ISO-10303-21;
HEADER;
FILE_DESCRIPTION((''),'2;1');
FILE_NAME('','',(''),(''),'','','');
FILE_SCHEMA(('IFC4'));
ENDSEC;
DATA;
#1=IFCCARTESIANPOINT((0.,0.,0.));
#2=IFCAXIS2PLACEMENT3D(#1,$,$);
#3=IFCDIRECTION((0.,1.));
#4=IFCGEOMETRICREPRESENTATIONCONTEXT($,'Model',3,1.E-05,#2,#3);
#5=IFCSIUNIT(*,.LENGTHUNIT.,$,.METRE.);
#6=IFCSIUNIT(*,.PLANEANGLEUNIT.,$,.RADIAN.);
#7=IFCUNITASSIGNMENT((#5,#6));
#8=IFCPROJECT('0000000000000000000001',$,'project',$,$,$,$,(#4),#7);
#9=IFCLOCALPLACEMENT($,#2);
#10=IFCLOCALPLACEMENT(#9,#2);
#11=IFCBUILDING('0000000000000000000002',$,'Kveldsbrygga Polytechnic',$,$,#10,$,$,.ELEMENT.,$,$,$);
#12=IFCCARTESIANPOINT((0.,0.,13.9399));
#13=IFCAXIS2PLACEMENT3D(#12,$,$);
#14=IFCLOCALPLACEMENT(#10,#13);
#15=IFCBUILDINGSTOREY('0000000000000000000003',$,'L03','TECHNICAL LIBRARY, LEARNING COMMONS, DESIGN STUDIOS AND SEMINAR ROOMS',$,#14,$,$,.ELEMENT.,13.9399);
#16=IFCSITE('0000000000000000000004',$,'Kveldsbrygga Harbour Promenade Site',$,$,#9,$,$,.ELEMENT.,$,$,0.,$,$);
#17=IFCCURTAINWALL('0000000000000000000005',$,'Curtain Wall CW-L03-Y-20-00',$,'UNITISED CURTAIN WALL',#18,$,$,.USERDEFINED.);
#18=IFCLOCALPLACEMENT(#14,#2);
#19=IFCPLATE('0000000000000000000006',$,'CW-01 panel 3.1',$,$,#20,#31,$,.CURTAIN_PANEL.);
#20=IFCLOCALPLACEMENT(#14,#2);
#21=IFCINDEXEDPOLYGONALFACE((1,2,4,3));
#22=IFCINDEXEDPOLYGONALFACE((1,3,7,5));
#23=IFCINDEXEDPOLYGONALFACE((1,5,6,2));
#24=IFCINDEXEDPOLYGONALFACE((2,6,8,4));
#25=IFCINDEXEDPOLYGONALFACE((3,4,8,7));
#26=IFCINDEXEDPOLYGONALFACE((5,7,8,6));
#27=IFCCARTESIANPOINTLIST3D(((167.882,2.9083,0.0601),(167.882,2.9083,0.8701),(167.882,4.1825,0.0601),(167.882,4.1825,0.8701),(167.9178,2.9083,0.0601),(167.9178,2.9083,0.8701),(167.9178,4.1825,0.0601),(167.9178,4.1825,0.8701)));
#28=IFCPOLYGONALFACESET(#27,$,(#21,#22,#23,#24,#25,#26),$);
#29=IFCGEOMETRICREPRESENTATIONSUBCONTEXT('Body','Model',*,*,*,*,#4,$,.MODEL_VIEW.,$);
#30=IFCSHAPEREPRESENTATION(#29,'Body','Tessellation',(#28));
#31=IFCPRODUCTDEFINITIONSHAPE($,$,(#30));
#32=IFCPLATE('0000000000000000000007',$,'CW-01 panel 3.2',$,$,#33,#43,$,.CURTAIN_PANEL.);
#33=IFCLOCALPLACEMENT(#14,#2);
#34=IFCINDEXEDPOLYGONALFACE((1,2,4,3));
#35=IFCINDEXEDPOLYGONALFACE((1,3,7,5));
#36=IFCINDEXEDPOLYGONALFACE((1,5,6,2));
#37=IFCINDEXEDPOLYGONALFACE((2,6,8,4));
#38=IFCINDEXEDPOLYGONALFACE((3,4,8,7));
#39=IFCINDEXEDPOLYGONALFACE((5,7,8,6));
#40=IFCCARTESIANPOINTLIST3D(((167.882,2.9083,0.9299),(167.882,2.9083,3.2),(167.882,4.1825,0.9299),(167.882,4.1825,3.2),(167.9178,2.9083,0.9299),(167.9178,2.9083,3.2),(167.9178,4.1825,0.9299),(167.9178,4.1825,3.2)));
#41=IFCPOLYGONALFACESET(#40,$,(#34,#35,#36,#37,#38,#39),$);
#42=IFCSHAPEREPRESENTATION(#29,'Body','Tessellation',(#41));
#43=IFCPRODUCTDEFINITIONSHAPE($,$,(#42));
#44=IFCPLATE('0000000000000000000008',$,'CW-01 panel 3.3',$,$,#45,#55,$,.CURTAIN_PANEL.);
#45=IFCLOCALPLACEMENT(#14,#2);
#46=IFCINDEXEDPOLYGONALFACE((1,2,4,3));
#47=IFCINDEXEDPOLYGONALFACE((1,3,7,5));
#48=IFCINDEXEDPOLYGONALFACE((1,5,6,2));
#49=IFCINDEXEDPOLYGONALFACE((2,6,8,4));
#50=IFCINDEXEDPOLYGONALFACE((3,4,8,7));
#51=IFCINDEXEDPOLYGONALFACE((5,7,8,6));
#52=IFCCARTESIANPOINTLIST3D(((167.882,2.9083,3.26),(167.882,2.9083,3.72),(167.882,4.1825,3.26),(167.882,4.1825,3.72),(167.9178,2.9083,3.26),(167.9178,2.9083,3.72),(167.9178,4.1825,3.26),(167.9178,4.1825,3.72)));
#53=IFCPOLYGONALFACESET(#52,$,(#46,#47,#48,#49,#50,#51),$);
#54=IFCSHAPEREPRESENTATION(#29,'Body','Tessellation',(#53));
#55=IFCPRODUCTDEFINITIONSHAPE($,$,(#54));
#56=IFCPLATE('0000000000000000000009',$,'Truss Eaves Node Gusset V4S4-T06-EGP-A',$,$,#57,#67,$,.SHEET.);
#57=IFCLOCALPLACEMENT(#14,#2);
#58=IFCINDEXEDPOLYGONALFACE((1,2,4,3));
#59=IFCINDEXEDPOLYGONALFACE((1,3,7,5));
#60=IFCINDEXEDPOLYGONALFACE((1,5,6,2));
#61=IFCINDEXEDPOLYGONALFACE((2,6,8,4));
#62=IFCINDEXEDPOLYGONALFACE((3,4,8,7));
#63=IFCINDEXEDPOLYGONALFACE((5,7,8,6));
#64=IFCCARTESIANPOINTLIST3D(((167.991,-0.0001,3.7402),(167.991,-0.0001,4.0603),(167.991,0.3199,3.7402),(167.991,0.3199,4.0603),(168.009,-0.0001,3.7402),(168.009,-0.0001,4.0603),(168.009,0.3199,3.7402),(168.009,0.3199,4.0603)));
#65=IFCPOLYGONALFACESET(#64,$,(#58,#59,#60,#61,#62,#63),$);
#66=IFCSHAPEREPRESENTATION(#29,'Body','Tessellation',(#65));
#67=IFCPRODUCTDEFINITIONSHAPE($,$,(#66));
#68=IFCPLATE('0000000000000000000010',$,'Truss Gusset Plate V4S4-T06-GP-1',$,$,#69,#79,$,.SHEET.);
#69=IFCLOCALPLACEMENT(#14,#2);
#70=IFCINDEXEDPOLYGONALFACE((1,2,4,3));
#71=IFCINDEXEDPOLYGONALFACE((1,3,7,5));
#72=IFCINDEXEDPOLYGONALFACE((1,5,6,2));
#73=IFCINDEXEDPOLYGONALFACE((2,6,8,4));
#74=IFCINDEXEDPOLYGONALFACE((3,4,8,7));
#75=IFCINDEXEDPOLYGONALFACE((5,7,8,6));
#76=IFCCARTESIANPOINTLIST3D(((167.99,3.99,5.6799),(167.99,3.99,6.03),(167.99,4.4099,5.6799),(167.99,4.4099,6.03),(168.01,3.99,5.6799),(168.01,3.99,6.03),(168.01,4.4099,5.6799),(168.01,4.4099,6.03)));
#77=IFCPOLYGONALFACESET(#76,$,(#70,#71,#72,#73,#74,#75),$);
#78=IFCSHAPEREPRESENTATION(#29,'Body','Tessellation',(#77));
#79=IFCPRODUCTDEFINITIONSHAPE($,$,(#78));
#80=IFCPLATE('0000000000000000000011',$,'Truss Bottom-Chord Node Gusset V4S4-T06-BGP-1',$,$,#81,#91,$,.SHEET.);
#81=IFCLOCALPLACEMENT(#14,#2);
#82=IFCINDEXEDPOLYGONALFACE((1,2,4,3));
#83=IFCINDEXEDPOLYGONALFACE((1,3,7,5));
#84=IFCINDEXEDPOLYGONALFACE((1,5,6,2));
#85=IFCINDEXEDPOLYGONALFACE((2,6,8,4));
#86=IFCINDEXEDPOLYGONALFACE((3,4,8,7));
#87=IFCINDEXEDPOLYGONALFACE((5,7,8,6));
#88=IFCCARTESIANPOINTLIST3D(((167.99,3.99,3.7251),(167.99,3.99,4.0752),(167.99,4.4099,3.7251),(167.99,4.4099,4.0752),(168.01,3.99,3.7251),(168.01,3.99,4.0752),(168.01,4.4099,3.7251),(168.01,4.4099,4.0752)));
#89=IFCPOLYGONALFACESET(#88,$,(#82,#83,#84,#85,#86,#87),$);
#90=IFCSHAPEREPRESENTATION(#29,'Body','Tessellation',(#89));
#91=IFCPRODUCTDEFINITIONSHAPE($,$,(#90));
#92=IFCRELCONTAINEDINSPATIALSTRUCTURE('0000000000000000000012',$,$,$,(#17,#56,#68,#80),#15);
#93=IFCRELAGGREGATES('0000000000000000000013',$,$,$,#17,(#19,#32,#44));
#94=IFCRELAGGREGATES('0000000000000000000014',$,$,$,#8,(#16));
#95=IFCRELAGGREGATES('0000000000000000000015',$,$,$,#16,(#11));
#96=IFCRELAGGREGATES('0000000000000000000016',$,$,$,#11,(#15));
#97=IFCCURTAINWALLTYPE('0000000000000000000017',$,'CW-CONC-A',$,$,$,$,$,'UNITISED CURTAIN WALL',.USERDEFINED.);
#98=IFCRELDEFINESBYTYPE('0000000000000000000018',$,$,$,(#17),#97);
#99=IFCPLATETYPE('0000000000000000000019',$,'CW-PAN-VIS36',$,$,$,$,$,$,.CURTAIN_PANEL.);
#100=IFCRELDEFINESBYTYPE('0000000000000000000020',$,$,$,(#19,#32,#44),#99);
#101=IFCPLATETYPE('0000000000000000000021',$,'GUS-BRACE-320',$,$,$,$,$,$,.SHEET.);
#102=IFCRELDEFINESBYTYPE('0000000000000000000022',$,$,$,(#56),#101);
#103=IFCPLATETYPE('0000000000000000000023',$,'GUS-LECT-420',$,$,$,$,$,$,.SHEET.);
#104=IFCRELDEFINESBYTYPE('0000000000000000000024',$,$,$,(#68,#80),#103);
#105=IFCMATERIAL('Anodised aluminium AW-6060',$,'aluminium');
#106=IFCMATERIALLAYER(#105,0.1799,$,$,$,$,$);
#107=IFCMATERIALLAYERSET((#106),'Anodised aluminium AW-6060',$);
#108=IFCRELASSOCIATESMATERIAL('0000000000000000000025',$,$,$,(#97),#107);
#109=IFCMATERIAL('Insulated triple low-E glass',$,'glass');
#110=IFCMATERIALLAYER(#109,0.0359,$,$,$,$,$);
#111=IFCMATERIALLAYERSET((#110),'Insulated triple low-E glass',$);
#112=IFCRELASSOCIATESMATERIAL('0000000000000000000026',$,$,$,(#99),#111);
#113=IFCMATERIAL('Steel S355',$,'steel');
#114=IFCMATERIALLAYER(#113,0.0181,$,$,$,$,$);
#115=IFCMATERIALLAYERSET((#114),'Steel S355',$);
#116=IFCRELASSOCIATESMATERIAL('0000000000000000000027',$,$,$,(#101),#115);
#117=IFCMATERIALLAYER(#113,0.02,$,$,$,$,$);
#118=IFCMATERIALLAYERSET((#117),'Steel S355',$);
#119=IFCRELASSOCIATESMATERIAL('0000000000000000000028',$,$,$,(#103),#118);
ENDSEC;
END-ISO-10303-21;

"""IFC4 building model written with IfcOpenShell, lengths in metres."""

from ifc_helpers import new_model, si_unit, direction, frame, origin, origin_2d, place, context, subcontext, project, spatial, rectangle, extrude, material, layer, layer_set, type_object, element, aggregate, save


model = new_model("IFC4")

# Units and contexts
model_context = context("Model", 3, precision=1e-05, world=origin(), true_north=direction((0.0, 1.0)))
body_context = subcontext(model_context, "Body", "Model", "MODEL_VIEW")
ifc_project = project(units=[si_unit("LENGTHUNIT", "METRE"), si_unit("PLANEANGLEUNIT", "RADIAN")], contexts=[model_context])

# Site, building, storey
site_placement = place(None, origin())
site = spatial("IfcSite", under=ifc_project, at=site_placement, Name="Kveldsbrygga Harbour Promenade Site", CompositionType="ELEMENT", RefElevation=0.0)
building_placement = place(site_placement, origin())
building = spatial("IfcBuilding", under=site, at=building_placement, Name="Kveldsbrygga Polytechnic", CompositionType="ELEMENT")
storey_placement = place(building_placement, frame((0.0, 0.0, 13.9399)))
storey = spatial("IfcBuildingStorey", under=building, at=storey_placement, Name="L03", Description="TECHNICAL LIBRARY, LEARNING COMMONS, DESIGN STUDIOS AND SEMINAR ROOMS", CompositionType="ELEMENT", Elevation=13.9399)

# Shared definitions
ifc_material_1 = material(Name="Steel S355", Category="steel")

# Curtain wall
ifc_material_2 = material(Name="Anodised aluminium AW-6060", Category="aluminium")
ifc_layer_1 = layer(ifc_material_2, 0.1799)
ifc_layer_set_1 = layer_set([ifc_layer_1], Name="Anodised aluminium AW-6060")
curtain_wall_type = type_object("IfcCurtainWallType", Name="CW-CONC-A", ElementType="UNITISED CURTAIN WALL", PredefinedType="USERDEFINED", material=ifc_layer_set_1)
curtain_wall_placement = place(storey_placement, origin())
curtain_wall = element("IfcCurtainWall", 1, at=curtain_wall_placement, inside=storey, type_object=curtain_wall_type, Name="Curtain Wall CW-L03-Y-20-00", ObjectType="UNITISED CURTAIN WALL", PredefinedType="USERDEFINED")

# Plates
ifc_material_3 = material(Name="Insulated triple low-E glass", Category="glass")
ifc_layer_2 = layer(ifc_material_3, 0.0359)
ifc_layer_set_2 = layer_set([ifc_layer_2], Name="Insulated triple low-E glass")
plate_type_1 = type_object("IfcPlateType", Name="CW-PAN-VIS36", PredefinedType="CURTAIN_PANEL", material=ifc_layer_set_2)
plate_1_placement = place(storey_placement, frame((167.8999, 3.5454, 0.0601), z_axis=(0.0, 0.0, 1.0), x_axis=(0.0, 1.0, 0.0)))
plate_1 = element("IfcPlate", 2, at=plate_1_placement, type_object=plate_type_1, Name="CW-01 panel 3.1", PredefinedType="CURTAIN_PANEL", context=body_context, shape_type="SweptSolid", body=[
    extrude(rectangle(XDim=1.2742, YDim=0.0359, at=origin_2d()), origin(), (0.0, 0.0, 1.0), 0.8101),
])
plate_2_placement = place(storey_placement, frame((167.8999, 3.5454, 0.9299), z_axis=(0.0, 0.0, 1.0), x_axis=(0.0, 1.0, 0.0)))
plate_2 = element("IfcPlate", 3, at=plate_2_placement, type_object=plate_type_1, Name="CW-01 panel 3.2", PredefinedType="CURTAIN_PANEL", context=body_context, shape_type="SweptSolid", body=[
    extrude(rectangle(XDim=1.2742, YDim=0.0359, at=origin_2d()), origin(), (0.0, 0.0, 1.0), 2.27),
])
plate_3_placement = place(storey_placement, frame((167.8999, 3.5454, 3.26), z_axis=(0.0, 0.0, 1.0), x_axis=(0.0, 1.0, 0.0)))
plate_3 = element("IfcPlate", 4, at=plate_3_placement, type_object=plate_type_1, Name="CW-01 panel 3.3", PredefinedType="CURTAIN_PANEL", context=body_context, shape_type="SweptSolid", body=[
    extrude(rectangle(XDim=1.2742, YDim=0.0359, at=origin_2d()), origin(), (0.0, 0.0, 1.0), 0.46),
])
aggregate(curtain_wall, [plate_1, plate_2, plate_3])

# Plates
ifc_layer_3 = layer(ifc_material_1, 0.0181)
ifc_layer_set_3 = layer_set([ifc_layer_3], Name="Steel S355")
plate_type_2 = type_object("IfcPlateType", Name="GUS-BRACE-320", PredefinedType="SHEET", material=ifc_layer_set_3)
plate_4_placement = place(storey_placement, frame((168.0, 0.1599, 3.7402), z_axis=(0.0, 0.0, 1.0), x_axis=(1.0, 0.0, 0.0)))
element("IfcPlate", 5, at=plate_4_placement, inside=storey, type_object=plate_type_2, Name="Truss Eaves Node Gusset V4S4-T06-EGP-A", PredefinedType="SHEET", context=body_context, shape_type="SweptSolid", body=[
    extrude(rectangle(XDim=0.0181, YDim=0.3201, at=origin_2d()), origin(), (0.0, 0.0, 1.0), 0.3201),
])
ifc_layer_4 = layer(ifc_material_1, 0.02)
ifc_layer_set_4 = layer_set([ifc_layer_4], Name="Steel S355")
plate_type_3 = type_object("IfcPlateType", Name="GUS-LECT-420", PredefinedType="SHEET", material=ifc_layer_set_4)
for number, where, z_axis, x_axis, name in (
    (6, (168.0, 4.2, 5.6799), (0.0, 0.0, 1.0), (1.0, 0.0, 0.0), "Truss Gusset Plate V4S4-T06-GP-1"),
    (7, (168.0, 4.2, 3.7251), (0.0, 0.0, 1.0), (1.0, 0.0, 0.0), "Truss Bottom-Chord Node Gusset V4S4-T06-BGP-1"),
):
    element("IfcPlate", number, at=place(storey_placement, frame(where, z_axis=z_axis, x_axis=x_axis)), inside=storey, type_object=plate_type_3, Name=name, PredefinedType="SHEET", context=body_context, shape_type="SweptSolid", body=[
        extrude(rectangle(XDim=0.02, YDim=0.4199, at=origin_2d()), origin(), (0.0, 0.0, 1.0), 0.3501),
    ])

save(model, "model.ifc")
